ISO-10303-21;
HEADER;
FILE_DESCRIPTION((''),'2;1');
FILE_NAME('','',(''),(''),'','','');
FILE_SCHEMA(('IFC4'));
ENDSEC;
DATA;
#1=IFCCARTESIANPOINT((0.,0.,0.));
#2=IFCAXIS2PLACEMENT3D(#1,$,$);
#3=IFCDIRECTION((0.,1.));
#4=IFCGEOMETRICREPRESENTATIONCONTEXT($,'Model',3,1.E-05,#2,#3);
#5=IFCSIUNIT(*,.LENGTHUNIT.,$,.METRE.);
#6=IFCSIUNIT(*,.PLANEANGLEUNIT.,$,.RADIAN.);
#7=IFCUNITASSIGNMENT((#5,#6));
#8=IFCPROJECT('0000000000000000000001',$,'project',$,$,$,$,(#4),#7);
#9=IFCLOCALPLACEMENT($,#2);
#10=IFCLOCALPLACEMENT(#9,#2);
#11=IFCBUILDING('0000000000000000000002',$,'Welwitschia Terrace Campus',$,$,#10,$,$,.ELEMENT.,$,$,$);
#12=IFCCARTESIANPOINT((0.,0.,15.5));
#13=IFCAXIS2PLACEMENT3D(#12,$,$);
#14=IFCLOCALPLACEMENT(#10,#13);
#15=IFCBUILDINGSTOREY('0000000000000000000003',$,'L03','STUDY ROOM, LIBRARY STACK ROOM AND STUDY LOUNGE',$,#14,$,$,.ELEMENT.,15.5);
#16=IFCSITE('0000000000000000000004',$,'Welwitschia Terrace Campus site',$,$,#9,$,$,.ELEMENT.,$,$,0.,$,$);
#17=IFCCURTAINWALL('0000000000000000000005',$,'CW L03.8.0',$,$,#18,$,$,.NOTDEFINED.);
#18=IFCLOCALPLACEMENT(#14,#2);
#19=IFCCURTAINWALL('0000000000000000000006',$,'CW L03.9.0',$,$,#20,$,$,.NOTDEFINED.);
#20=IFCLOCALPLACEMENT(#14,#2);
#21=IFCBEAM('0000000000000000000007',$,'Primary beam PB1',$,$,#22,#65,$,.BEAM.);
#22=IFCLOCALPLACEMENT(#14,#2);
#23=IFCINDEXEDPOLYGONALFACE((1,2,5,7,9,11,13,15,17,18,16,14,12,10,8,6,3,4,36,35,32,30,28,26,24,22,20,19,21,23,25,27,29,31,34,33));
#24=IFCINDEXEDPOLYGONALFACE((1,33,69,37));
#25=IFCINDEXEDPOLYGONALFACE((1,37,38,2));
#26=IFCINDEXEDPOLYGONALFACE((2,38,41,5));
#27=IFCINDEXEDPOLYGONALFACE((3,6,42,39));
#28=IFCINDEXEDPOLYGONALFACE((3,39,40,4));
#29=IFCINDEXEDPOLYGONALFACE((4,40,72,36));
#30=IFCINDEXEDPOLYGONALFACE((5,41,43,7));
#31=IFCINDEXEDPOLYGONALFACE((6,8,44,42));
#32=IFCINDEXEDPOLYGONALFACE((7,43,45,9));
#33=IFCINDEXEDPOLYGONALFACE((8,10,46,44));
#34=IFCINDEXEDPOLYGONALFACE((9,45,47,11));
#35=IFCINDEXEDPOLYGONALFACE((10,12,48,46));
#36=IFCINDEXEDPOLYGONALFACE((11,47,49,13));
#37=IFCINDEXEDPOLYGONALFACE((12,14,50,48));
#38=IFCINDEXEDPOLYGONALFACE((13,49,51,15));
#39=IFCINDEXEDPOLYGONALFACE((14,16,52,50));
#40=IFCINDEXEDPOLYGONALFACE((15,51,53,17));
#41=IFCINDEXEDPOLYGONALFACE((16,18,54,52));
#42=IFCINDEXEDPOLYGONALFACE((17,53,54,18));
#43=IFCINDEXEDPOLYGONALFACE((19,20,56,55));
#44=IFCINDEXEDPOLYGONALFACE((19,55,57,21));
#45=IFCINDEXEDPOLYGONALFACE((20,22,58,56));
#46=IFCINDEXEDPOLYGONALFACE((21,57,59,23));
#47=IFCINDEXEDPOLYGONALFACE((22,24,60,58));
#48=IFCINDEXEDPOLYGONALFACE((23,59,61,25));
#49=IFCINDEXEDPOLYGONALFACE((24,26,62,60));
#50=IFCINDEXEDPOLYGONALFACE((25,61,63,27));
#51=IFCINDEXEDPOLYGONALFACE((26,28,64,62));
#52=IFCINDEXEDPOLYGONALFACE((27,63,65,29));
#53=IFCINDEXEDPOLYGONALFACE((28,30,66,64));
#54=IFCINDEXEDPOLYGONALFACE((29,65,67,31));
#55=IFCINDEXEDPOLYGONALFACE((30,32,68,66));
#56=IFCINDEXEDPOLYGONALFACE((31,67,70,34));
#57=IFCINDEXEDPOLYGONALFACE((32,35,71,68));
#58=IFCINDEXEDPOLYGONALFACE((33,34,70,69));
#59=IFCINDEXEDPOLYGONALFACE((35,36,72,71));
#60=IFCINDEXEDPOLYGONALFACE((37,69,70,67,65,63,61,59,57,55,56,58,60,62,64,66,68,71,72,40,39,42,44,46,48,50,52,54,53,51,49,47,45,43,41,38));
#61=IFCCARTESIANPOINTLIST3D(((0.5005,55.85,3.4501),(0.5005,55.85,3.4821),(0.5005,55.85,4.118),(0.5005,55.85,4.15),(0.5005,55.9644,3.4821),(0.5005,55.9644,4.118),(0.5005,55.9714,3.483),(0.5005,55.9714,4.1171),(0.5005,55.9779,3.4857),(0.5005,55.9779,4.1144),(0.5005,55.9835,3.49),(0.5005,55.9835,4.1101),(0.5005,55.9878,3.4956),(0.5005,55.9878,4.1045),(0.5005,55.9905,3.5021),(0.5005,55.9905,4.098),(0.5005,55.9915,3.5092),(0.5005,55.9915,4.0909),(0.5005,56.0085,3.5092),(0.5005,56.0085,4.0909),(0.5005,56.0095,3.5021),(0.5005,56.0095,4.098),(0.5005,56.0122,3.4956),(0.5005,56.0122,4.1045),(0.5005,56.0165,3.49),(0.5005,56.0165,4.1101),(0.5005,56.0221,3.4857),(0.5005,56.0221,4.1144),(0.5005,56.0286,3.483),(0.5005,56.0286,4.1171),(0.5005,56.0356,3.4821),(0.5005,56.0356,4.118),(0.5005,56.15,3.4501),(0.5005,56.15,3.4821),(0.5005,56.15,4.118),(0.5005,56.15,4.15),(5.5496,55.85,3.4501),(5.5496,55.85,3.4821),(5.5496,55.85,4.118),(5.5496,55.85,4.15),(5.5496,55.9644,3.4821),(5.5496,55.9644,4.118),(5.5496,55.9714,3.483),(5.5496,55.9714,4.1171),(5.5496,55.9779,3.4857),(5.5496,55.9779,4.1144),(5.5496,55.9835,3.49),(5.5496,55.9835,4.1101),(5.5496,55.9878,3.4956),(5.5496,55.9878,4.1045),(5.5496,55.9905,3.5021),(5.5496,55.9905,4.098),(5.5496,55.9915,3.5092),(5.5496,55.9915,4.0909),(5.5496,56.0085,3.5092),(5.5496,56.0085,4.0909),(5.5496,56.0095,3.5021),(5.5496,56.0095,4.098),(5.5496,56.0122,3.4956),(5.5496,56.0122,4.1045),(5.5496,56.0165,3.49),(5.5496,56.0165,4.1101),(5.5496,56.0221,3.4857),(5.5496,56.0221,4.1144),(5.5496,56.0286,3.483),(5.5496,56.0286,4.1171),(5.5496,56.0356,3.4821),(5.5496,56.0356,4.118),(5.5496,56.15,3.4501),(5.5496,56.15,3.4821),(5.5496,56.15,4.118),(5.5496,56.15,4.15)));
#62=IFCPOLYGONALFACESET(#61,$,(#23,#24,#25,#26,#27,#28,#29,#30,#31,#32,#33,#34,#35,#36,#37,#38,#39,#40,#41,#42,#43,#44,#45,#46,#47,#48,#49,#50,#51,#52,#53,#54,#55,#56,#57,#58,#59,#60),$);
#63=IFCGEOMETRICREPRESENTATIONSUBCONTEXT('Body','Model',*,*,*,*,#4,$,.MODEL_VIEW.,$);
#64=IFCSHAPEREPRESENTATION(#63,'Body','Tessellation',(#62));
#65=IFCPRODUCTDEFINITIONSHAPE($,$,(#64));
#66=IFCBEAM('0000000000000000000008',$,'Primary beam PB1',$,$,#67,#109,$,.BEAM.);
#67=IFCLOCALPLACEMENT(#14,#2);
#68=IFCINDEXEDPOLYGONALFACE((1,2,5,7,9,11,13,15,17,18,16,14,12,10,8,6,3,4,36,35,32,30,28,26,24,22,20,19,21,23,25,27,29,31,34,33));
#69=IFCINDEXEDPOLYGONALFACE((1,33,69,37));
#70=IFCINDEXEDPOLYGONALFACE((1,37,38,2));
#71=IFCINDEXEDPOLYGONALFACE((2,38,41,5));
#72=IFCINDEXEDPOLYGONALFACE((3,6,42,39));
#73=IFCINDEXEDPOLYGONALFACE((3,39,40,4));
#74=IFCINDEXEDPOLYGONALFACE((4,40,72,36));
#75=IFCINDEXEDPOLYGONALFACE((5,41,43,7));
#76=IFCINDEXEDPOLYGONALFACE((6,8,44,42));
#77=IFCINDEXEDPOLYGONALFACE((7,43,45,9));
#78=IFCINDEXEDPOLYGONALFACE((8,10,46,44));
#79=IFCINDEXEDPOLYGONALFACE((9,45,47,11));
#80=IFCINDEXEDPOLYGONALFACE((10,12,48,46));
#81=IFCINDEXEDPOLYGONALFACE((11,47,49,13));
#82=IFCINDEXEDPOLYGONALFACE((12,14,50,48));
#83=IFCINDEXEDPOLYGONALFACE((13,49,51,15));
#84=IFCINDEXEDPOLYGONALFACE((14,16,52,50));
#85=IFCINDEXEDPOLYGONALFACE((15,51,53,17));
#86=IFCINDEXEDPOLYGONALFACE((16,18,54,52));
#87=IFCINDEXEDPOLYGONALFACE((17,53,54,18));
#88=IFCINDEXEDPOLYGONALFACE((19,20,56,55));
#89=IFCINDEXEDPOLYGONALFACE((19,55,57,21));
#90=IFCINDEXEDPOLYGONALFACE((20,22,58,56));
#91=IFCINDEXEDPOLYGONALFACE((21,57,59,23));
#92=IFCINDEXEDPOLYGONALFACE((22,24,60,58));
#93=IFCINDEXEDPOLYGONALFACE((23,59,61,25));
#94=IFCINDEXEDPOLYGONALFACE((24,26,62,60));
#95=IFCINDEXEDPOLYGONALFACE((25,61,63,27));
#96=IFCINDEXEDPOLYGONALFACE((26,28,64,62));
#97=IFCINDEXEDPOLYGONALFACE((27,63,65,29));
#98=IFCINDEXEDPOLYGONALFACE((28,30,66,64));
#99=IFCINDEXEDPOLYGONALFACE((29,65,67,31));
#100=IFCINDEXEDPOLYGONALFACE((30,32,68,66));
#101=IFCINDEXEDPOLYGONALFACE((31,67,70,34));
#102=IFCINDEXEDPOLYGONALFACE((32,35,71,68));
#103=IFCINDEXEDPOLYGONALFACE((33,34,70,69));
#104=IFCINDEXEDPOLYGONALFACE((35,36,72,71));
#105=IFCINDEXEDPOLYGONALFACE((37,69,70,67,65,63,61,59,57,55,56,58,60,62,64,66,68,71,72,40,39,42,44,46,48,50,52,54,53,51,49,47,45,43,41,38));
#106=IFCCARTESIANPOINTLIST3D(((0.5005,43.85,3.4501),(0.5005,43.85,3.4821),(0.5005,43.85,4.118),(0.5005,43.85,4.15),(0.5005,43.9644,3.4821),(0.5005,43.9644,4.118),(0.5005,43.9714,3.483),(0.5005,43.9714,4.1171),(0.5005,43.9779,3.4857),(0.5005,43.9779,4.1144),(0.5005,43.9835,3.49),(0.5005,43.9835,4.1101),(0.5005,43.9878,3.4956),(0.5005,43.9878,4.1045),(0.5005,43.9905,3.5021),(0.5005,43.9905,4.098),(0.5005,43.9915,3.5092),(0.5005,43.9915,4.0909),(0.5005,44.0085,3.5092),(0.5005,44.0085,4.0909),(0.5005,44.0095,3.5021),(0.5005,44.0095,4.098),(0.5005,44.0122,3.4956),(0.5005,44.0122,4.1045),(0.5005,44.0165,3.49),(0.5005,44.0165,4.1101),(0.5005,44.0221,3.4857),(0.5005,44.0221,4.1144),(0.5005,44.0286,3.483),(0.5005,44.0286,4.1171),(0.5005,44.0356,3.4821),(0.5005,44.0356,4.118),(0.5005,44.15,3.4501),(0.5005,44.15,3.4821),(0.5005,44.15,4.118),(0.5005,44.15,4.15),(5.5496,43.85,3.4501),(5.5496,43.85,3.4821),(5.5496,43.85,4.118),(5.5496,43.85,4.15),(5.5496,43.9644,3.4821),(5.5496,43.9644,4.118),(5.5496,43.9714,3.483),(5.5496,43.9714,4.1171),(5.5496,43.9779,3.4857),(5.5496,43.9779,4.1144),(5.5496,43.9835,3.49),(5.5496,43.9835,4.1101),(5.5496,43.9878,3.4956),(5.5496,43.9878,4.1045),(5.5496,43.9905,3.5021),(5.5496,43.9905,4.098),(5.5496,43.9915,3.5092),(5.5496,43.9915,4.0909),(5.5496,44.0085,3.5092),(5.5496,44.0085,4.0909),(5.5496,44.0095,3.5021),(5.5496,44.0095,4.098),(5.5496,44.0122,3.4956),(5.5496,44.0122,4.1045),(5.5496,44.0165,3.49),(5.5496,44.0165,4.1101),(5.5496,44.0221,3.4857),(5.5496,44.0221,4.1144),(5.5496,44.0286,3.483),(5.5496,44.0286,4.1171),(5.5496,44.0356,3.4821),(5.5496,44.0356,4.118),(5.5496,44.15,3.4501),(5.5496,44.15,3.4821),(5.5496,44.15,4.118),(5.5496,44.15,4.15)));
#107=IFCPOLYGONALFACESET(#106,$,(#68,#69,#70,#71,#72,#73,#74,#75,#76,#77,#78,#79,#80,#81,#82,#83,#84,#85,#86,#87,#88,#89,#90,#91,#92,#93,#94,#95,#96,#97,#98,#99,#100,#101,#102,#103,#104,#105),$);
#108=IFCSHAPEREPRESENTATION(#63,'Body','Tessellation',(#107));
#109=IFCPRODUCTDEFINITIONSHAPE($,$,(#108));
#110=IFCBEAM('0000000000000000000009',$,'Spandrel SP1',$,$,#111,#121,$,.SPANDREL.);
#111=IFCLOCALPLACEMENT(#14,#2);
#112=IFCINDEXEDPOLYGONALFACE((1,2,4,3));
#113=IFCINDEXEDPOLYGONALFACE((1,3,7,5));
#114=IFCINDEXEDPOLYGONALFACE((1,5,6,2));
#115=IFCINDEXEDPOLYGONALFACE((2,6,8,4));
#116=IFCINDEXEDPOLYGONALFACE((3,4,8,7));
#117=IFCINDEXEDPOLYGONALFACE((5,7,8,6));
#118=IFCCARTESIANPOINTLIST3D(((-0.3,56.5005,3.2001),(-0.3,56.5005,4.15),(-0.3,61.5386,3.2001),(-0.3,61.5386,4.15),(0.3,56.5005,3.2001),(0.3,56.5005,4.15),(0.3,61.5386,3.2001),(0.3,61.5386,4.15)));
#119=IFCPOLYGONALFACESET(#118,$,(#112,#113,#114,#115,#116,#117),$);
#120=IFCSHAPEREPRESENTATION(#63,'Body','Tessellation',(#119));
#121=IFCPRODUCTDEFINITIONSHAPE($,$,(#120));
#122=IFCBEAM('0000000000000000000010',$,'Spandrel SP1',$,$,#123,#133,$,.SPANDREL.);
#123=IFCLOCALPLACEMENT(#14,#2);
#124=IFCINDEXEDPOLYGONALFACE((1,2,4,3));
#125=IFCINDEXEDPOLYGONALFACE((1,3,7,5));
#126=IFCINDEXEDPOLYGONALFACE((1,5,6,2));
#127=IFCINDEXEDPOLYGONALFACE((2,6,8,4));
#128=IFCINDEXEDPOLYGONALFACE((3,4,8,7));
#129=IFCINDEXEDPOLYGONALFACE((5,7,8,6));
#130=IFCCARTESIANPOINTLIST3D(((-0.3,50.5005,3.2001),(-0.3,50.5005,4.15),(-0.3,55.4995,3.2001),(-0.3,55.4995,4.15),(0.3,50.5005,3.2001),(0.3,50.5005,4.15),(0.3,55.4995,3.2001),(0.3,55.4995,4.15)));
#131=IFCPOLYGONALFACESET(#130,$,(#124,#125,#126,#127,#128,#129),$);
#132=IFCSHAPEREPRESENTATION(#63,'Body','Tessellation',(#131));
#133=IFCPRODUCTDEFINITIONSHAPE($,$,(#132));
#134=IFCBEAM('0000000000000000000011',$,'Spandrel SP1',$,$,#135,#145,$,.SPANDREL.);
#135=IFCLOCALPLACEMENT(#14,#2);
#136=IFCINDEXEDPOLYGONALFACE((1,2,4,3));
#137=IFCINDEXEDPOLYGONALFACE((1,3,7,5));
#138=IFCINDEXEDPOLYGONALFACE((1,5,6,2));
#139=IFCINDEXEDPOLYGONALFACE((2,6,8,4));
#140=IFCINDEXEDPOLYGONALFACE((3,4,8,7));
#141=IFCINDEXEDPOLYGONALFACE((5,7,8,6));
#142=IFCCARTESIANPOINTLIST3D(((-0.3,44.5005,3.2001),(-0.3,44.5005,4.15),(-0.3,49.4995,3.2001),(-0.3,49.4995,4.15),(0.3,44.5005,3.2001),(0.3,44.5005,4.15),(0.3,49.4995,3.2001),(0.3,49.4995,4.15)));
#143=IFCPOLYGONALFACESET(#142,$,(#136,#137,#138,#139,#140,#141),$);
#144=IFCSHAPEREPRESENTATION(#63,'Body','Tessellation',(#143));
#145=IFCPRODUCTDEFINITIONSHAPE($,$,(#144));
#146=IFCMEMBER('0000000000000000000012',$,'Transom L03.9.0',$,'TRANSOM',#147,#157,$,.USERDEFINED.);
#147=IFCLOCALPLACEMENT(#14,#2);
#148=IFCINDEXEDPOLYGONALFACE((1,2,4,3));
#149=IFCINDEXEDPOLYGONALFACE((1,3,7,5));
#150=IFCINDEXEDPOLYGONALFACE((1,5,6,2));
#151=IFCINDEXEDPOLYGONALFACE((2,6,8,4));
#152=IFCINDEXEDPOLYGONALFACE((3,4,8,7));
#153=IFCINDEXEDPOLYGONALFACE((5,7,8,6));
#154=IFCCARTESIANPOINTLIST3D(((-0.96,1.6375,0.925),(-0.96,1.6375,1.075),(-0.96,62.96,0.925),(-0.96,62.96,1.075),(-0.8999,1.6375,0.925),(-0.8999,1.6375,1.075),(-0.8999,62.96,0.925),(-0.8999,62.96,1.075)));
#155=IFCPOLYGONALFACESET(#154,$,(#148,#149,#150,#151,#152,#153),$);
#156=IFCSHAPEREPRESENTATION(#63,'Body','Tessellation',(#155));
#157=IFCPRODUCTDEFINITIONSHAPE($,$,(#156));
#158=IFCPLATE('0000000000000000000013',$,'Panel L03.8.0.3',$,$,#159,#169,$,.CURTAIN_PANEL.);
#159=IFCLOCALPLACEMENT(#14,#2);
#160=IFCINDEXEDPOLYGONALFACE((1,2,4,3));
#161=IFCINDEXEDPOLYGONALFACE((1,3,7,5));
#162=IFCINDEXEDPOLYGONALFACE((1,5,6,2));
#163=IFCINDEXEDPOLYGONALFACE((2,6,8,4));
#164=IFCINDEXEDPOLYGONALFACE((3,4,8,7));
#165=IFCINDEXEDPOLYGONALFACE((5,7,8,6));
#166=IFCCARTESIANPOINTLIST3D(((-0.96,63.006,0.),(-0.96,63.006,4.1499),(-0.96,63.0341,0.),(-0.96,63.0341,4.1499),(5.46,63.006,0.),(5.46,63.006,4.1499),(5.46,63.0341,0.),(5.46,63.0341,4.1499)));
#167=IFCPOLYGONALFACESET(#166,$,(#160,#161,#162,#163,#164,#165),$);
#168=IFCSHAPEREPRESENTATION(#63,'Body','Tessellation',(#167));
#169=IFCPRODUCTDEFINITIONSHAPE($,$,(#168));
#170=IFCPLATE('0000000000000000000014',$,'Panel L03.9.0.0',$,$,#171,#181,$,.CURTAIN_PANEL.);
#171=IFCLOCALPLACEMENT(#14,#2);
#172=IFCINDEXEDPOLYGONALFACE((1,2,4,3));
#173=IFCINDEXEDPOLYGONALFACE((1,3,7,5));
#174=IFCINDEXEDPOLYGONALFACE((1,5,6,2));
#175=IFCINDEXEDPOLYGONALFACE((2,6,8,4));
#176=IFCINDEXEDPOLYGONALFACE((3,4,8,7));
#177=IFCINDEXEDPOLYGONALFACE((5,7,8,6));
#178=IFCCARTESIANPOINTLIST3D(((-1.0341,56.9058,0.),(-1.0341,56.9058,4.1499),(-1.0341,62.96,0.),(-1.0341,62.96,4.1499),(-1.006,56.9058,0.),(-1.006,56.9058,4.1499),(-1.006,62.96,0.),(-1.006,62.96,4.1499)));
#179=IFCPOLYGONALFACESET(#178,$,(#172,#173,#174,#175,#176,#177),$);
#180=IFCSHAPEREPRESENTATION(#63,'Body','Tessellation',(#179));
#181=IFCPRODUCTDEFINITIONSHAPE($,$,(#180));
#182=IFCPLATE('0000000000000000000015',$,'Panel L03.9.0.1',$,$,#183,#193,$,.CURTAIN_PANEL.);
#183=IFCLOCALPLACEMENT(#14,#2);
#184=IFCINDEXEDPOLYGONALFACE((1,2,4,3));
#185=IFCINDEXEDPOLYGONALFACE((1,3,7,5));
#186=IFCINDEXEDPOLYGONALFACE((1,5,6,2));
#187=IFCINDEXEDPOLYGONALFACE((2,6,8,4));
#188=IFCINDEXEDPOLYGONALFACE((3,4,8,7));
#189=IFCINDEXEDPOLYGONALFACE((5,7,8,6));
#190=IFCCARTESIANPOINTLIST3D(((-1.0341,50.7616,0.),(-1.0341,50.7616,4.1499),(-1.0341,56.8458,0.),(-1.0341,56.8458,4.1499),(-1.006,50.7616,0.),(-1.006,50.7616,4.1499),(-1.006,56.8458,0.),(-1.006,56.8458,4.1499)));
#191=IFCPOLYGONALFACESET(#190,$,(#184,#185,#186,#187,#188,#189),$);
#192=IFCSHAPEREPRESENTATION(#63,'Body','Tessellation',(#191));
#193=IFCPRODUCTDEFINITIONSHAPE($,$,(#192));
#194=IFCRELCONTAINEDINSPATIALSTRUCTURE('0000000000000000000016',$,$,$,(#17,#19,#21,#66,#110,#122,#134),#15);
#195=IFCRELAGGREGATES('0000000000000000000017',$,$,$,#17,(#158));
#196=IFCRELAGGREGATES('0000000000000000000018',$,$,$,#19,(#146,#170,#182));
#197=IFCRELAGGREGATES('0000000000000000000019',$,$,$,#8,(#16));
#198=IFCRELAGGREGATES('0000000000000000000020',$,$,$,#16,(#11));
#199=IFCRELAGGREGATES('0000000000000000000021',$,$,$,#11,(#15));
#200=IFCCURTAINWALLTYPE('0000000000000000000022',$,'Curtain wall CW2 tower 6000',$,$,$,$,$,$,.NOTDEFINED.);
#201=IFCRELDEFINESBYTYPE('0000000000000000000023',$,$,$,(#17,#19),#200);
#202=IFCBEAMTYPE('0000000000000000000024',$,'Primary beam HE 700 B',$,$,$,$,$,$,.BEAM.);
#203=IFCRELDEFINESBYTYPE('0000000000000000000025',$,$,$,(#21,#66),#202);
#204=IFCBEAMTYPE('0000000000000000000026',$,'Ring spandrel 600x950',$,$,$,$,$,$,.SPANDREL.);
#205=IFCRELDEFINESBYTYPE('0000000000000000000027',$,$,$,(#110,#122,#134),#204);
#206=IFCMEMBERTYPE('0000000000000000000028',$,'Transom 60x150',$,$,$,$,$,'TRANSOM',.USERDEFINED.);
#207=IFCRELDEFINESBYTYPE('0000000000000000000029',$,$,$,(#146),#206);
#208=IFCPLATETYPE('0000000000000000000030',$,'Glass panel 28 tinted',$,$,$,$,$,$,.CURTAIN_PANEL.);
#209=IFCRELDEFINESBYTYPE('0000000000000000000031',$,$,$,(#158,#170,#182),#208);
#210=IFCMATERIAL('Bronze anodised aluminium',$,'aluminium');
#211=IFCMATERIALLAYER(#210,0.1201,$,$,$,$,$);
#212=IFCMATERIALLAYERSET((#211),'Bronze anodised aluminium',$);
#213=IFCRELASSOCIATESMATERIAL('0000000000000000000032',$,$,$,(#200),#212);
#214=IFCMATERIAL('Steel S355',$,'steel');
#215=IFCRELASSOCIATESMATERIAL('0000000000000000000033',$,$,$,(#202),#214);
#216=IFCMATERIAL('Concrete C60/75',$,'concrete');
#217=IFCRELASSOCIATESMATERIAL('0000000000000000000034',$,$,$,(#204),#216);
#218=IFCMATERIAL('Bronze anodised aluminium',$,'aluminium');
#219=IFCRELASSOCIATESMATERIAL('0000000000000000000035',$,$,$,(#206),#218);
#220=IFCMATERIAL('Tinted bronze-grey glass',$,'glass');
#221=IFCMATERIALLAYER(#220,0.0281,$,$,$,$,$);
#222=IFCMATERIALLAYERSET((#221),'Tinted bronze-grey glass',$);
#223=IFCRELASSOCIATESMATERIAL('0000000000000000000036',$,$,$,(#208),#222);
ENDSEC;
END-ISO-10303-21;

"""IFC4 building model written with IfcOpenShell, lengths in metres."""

from ifc_helpers import new_model, si_unit, direction, frame, origin, origin_2d, place, context, subcontext, project, spatial, rectangle, i_section, extrude, material, layer, layer_set, material_profile, profile_set, type_object, element, aggregate, save


model = new_model("IFC4")

# Units and contexts
model_context = context("Model", 3, precision=1e-05, world=origin(), true_north=direction((0.0, 1.0)))
body_context = subcontext(model_context, "Body", "Model", "MODEL_VIEW")
ifc_project = project(units=[si_unit("LENGTHUNIT", "METRE"), si_unit("PLANEANGLEUNIT", "RADIAN")], contexts=[model_context])

# Site, building, storey
site_placement = place(None, origin())
site = spatial("IfcSite", under=ifc_project, at=site_placement, Name="Welwitschia Terrace Campus site", CompositionType="ELEMENT", RefElevation=0.0)
building_placement = place(site_placement, origin())
building = spatial("IfcBuilding", under=site, at=building_placement, Name="Welwitschia Terrace Campus", CompositionType="ELEMENT")
storey_placement = place(building_placement, frame((0.0, 0.0, 15.5)))
storey = spatial("IfcBuildingStorey", under=building, at=storey_placement, Name="L03", Description="STUDY ROOM, LIBRARY STACK ROOM AND STUDY LOUNGE", CompositionType="ELEMENT", Elevation=15.5)

# Curtain walls
ifc_material_1 = material(Name="Bronze anodised aluminium", Category="aluminium")
ifc_layer_1 = layer(ifc_material_1, 0.1201)
ifc_layer_set_1 = layer_set([ifc_layer_1], Name="Bronze anodised aluminium")
curtain_wall_type = type_object("IfcCurtainWallType", Name="Curtain wall CW2 tower 6000", PredefinedType="NOTDEFINED", material=ifc_layer_set_1)
curtain_wall_1_placement = place(storey_placement, origin())
curtain_wall_1 = element("IfcCurtainWall", 1, at=curtain_wall_1_placement, inside=storey, type_object=curtain_wall_type, Name="CW L03.8.0", PredefinedType="NOTDEFINED")
curtain_wall_2_placement = place(storey_placement, origin())
curtain_wall_2 = element("IfcCurtainWall", 2, at=curtain_wall_2_placement, inside=storey, type_object=curtain_wall_type, Name="CW L03.9.0", PredefinedType="NOTDEFINED")

# Beams
ifc_material_2 = material(Name="Steel S355", Category="steel")
ifc_material_profile_1 = material_profile(ifc_material_2, i_section(OverallWidth=0.3, OverallDepth=0.7, WebThickness=0.0171, FlangeThickness=0.032, FilletRadius=0.0271, at=origin_2d()))
ifc_profile_set_1 = profile_set([ifc_material_profile_1], Name="Steel S355")
beam_type_1 = type_object("IfcBeamType", Name="Primary beam HE 700 B", PredefinedType="BEAM", material=ifc_profile_set_1)
for number, where, z_axis, x_axis, name in (
    (3, (0.5005, 56.0, 3.8), (1.0, 0.0, 0.0), (0.0, 1.0, 0.0), "Primary beam PB1"),
    (4, (0.5005, 44.0, 3.8), (1.0, 0.0, 0.0), (0.0, 1.0, 0.0), "Primary beam PB1"),
):
    element("IfcBeam", number, at=place(storey_placement, frame(where, z_axis=z_axis, x_axis=x_axis)), inside=storey, type_object=beam_type_1, Name=name, PredefinedType="BEAM", context=body_context, shape_type="SweptSolid", body=[
        extrude(i_section(OverallWidth=0.3, OverallDepth=0.7, WebThickness=0.0171, FlangeThickness=0.032, FilletRadius=0.0271, at=origin_2d()), origin(), (0.0, 0.0, 1.0), 5.0491),
    ])
ifc_material_3 = material(Name="Concrete C60/75", Category="concrete")
ifc_material_profile_2 = material_profile(ifc_material_3, rectangle(XDim=0.6001, YDim=0.95, at=origin_2d()))
ifc_profile_set_2 = profile_set([ifc_material_profile_2], Name="Concrete C60/75")
beam_type_2 = type_object("IfcBeamType", Name="Ring spandrel 600x950", PredefinedType="SPANDREL", material=ifc_profile_set_2)
beam_placement = place(storey_placement, frame((0.0, 61.5386, 3.675), z_axis=(0.0, -1.0, 0.0), x_axis=(1.0, 0.0, 0.0)))
element("IfcBeam", 5, at=beam_placement, inside=storey, type_object=beam_type_2, Name="Spandrel SP1", PredefinedType="SPANDREL", context=body_context, shape_type="SweptSolid", body=[
    extrude(rectangle(XDim=0.6001, YDim=0.95, at=origin_2d()), origin(), (0.0, 0.0, 1.0), 5.0381),
])
for number, where, z_axis, x_axis, name in (
    (6, (0.0, 55.4995, 3.675), (0.0, -1.0, 0.0), (1.0, 0.0, 0.0), "Spandrel SP1"),
    (7, (0.0, 49.4995, 3.675), (0.0, -1.0, 0.0), (1.0, 0.0, 0.0), "Spandrel SP1"),
):
    element("IfcBeam", number, at=place(storey_placement, frame(where, z_axis=z_axis, x_axis=x_axis)), inside=storey, type_object=beam_type_2, Name=name, PredefinedType="SPANDREL", context=body_context, shape_type="SweptSolid", body=[
        extrude(rectangle(XDim=0.6001, YDim=0.95, at=origin_2d()), origin(), (0.0, 0.0, 1.0), 4.999),
    ])

# Member
ifc_material_4 = material(Name="Bronze anodised aluminium", Category="aluminium")
ifc_material_profile_3 = material_profile(ifc_material_4, rectangle(XDim=0.0601, YDim=0.1499, at=origin_2d()))
ifc_profile_set_3 = profile_set([ifc_material_profile_3], Name="Bronze anodised aluminium")
member_type_1 = type_object("IfcMemberType", Name="Transom 60x150", ElementType="TRANSOM", PredefinedType="USERDEFINED", material=ifc_profile_set_3)
member_1_placement = place(storey_placement, frame((-0.9299, 62.96, 1.0), z_axis=(0.0, -1.0, 0.0), x_axis=(1.0, 0.0, 0.0)))
member_1 = element("IfcMember", 8, at=member_1_placement, type_object=member_type_1, Name="Transom L03.9.0", ObjectType="TRANSOM", PredefinedType="USERDEFINED", context=body_context, shape_type="SweptSolid", body=[
    extrude(rectangle(XDim=0.0601, YDim=0.1499, at=origin_2d()), origin(), (0.0, 0.0, 1.0), 61.3225),
])

# Plates
ifc_material_5 = material(Name="Tinted bronze-grey glass", Category="glass")
ifc_layer_2 = layer(ifc_material_5, 0.0281)
ifc_layer_set_2 = layer_set([ifc_layer_2], Name="Tinted bronze-grey glass")
plate_type = type_object("IfcPlateType", Name="Glass panel 28 tinted", PredefinedType="CURTAIN_PANEL", material=ifc_layer_set_2)
plate_1_placement = place(storey_placement, frame((2.25, 63.02, 0.0), z_axis=(0.0, 0.0, 1.0), x_axis=(-1.0, 0.0, 0.0)))
plate_1 = element("IfcPlate", 9, at=plate_1_placement, type_object=plate_type, Name="Panel L03.8.0.3", PredefinedType="CURTAIN_PANEL", context=body_context, shape_type="SweptSolid", body=[
    extrude(rectangle(XDim=6.4199, YDim=0.0281, at=origin_2d()), origin(), (0.0, 0.0, 1.0), 4.1499),
])
aggregate(curtain_wall_1, [plate_1])
plate_2_placement = place(storey_placement, frame((-1.02, 59.9329, 0.0), z_axis=(0.0, 0.0, 1.0), x_axis=(0.0, -1.0, 0.0)))
plate_2 = element("IfcPlate", 10, at=plate_2_placement, type_object=plate_type, Name="Panel L03.9.0.0", PredefinedType="CURTAIN_PANEL", context=body_context, shape_type="SweptSolid", body=[
    extrude(rectangle(XDim=6.0542, YDim=0.0281, at=origin_2d()), origin(), (0.0, 0.0, 1.0), 4.1499),
])
plate_3_placement = place(storey_placement, frame((-1.02, 53.8037, 0.0), z_axis=(0.0, 0.0, 1.0), x_axis=(0.0, -1.0, 0.0)))
plate_3 = element("IfcPlate", 11, at=plate_3_placement, type_object=plate_type, Name="Panel L03.9.0.1", PredefinedType="CURTAIN_PANEL", context=body_context, shape_type="SweptSolid", body=[
    extrude(rectangle(XDim=6.0842, YDim=0.0281, at=origin_2d()), origin(), (0.0, 0.0, 1.0), 4.1499),
])
aggregate(curtain_wall_2, [member_1, plate_2, plate_3])

save(model, "model.ifc")
